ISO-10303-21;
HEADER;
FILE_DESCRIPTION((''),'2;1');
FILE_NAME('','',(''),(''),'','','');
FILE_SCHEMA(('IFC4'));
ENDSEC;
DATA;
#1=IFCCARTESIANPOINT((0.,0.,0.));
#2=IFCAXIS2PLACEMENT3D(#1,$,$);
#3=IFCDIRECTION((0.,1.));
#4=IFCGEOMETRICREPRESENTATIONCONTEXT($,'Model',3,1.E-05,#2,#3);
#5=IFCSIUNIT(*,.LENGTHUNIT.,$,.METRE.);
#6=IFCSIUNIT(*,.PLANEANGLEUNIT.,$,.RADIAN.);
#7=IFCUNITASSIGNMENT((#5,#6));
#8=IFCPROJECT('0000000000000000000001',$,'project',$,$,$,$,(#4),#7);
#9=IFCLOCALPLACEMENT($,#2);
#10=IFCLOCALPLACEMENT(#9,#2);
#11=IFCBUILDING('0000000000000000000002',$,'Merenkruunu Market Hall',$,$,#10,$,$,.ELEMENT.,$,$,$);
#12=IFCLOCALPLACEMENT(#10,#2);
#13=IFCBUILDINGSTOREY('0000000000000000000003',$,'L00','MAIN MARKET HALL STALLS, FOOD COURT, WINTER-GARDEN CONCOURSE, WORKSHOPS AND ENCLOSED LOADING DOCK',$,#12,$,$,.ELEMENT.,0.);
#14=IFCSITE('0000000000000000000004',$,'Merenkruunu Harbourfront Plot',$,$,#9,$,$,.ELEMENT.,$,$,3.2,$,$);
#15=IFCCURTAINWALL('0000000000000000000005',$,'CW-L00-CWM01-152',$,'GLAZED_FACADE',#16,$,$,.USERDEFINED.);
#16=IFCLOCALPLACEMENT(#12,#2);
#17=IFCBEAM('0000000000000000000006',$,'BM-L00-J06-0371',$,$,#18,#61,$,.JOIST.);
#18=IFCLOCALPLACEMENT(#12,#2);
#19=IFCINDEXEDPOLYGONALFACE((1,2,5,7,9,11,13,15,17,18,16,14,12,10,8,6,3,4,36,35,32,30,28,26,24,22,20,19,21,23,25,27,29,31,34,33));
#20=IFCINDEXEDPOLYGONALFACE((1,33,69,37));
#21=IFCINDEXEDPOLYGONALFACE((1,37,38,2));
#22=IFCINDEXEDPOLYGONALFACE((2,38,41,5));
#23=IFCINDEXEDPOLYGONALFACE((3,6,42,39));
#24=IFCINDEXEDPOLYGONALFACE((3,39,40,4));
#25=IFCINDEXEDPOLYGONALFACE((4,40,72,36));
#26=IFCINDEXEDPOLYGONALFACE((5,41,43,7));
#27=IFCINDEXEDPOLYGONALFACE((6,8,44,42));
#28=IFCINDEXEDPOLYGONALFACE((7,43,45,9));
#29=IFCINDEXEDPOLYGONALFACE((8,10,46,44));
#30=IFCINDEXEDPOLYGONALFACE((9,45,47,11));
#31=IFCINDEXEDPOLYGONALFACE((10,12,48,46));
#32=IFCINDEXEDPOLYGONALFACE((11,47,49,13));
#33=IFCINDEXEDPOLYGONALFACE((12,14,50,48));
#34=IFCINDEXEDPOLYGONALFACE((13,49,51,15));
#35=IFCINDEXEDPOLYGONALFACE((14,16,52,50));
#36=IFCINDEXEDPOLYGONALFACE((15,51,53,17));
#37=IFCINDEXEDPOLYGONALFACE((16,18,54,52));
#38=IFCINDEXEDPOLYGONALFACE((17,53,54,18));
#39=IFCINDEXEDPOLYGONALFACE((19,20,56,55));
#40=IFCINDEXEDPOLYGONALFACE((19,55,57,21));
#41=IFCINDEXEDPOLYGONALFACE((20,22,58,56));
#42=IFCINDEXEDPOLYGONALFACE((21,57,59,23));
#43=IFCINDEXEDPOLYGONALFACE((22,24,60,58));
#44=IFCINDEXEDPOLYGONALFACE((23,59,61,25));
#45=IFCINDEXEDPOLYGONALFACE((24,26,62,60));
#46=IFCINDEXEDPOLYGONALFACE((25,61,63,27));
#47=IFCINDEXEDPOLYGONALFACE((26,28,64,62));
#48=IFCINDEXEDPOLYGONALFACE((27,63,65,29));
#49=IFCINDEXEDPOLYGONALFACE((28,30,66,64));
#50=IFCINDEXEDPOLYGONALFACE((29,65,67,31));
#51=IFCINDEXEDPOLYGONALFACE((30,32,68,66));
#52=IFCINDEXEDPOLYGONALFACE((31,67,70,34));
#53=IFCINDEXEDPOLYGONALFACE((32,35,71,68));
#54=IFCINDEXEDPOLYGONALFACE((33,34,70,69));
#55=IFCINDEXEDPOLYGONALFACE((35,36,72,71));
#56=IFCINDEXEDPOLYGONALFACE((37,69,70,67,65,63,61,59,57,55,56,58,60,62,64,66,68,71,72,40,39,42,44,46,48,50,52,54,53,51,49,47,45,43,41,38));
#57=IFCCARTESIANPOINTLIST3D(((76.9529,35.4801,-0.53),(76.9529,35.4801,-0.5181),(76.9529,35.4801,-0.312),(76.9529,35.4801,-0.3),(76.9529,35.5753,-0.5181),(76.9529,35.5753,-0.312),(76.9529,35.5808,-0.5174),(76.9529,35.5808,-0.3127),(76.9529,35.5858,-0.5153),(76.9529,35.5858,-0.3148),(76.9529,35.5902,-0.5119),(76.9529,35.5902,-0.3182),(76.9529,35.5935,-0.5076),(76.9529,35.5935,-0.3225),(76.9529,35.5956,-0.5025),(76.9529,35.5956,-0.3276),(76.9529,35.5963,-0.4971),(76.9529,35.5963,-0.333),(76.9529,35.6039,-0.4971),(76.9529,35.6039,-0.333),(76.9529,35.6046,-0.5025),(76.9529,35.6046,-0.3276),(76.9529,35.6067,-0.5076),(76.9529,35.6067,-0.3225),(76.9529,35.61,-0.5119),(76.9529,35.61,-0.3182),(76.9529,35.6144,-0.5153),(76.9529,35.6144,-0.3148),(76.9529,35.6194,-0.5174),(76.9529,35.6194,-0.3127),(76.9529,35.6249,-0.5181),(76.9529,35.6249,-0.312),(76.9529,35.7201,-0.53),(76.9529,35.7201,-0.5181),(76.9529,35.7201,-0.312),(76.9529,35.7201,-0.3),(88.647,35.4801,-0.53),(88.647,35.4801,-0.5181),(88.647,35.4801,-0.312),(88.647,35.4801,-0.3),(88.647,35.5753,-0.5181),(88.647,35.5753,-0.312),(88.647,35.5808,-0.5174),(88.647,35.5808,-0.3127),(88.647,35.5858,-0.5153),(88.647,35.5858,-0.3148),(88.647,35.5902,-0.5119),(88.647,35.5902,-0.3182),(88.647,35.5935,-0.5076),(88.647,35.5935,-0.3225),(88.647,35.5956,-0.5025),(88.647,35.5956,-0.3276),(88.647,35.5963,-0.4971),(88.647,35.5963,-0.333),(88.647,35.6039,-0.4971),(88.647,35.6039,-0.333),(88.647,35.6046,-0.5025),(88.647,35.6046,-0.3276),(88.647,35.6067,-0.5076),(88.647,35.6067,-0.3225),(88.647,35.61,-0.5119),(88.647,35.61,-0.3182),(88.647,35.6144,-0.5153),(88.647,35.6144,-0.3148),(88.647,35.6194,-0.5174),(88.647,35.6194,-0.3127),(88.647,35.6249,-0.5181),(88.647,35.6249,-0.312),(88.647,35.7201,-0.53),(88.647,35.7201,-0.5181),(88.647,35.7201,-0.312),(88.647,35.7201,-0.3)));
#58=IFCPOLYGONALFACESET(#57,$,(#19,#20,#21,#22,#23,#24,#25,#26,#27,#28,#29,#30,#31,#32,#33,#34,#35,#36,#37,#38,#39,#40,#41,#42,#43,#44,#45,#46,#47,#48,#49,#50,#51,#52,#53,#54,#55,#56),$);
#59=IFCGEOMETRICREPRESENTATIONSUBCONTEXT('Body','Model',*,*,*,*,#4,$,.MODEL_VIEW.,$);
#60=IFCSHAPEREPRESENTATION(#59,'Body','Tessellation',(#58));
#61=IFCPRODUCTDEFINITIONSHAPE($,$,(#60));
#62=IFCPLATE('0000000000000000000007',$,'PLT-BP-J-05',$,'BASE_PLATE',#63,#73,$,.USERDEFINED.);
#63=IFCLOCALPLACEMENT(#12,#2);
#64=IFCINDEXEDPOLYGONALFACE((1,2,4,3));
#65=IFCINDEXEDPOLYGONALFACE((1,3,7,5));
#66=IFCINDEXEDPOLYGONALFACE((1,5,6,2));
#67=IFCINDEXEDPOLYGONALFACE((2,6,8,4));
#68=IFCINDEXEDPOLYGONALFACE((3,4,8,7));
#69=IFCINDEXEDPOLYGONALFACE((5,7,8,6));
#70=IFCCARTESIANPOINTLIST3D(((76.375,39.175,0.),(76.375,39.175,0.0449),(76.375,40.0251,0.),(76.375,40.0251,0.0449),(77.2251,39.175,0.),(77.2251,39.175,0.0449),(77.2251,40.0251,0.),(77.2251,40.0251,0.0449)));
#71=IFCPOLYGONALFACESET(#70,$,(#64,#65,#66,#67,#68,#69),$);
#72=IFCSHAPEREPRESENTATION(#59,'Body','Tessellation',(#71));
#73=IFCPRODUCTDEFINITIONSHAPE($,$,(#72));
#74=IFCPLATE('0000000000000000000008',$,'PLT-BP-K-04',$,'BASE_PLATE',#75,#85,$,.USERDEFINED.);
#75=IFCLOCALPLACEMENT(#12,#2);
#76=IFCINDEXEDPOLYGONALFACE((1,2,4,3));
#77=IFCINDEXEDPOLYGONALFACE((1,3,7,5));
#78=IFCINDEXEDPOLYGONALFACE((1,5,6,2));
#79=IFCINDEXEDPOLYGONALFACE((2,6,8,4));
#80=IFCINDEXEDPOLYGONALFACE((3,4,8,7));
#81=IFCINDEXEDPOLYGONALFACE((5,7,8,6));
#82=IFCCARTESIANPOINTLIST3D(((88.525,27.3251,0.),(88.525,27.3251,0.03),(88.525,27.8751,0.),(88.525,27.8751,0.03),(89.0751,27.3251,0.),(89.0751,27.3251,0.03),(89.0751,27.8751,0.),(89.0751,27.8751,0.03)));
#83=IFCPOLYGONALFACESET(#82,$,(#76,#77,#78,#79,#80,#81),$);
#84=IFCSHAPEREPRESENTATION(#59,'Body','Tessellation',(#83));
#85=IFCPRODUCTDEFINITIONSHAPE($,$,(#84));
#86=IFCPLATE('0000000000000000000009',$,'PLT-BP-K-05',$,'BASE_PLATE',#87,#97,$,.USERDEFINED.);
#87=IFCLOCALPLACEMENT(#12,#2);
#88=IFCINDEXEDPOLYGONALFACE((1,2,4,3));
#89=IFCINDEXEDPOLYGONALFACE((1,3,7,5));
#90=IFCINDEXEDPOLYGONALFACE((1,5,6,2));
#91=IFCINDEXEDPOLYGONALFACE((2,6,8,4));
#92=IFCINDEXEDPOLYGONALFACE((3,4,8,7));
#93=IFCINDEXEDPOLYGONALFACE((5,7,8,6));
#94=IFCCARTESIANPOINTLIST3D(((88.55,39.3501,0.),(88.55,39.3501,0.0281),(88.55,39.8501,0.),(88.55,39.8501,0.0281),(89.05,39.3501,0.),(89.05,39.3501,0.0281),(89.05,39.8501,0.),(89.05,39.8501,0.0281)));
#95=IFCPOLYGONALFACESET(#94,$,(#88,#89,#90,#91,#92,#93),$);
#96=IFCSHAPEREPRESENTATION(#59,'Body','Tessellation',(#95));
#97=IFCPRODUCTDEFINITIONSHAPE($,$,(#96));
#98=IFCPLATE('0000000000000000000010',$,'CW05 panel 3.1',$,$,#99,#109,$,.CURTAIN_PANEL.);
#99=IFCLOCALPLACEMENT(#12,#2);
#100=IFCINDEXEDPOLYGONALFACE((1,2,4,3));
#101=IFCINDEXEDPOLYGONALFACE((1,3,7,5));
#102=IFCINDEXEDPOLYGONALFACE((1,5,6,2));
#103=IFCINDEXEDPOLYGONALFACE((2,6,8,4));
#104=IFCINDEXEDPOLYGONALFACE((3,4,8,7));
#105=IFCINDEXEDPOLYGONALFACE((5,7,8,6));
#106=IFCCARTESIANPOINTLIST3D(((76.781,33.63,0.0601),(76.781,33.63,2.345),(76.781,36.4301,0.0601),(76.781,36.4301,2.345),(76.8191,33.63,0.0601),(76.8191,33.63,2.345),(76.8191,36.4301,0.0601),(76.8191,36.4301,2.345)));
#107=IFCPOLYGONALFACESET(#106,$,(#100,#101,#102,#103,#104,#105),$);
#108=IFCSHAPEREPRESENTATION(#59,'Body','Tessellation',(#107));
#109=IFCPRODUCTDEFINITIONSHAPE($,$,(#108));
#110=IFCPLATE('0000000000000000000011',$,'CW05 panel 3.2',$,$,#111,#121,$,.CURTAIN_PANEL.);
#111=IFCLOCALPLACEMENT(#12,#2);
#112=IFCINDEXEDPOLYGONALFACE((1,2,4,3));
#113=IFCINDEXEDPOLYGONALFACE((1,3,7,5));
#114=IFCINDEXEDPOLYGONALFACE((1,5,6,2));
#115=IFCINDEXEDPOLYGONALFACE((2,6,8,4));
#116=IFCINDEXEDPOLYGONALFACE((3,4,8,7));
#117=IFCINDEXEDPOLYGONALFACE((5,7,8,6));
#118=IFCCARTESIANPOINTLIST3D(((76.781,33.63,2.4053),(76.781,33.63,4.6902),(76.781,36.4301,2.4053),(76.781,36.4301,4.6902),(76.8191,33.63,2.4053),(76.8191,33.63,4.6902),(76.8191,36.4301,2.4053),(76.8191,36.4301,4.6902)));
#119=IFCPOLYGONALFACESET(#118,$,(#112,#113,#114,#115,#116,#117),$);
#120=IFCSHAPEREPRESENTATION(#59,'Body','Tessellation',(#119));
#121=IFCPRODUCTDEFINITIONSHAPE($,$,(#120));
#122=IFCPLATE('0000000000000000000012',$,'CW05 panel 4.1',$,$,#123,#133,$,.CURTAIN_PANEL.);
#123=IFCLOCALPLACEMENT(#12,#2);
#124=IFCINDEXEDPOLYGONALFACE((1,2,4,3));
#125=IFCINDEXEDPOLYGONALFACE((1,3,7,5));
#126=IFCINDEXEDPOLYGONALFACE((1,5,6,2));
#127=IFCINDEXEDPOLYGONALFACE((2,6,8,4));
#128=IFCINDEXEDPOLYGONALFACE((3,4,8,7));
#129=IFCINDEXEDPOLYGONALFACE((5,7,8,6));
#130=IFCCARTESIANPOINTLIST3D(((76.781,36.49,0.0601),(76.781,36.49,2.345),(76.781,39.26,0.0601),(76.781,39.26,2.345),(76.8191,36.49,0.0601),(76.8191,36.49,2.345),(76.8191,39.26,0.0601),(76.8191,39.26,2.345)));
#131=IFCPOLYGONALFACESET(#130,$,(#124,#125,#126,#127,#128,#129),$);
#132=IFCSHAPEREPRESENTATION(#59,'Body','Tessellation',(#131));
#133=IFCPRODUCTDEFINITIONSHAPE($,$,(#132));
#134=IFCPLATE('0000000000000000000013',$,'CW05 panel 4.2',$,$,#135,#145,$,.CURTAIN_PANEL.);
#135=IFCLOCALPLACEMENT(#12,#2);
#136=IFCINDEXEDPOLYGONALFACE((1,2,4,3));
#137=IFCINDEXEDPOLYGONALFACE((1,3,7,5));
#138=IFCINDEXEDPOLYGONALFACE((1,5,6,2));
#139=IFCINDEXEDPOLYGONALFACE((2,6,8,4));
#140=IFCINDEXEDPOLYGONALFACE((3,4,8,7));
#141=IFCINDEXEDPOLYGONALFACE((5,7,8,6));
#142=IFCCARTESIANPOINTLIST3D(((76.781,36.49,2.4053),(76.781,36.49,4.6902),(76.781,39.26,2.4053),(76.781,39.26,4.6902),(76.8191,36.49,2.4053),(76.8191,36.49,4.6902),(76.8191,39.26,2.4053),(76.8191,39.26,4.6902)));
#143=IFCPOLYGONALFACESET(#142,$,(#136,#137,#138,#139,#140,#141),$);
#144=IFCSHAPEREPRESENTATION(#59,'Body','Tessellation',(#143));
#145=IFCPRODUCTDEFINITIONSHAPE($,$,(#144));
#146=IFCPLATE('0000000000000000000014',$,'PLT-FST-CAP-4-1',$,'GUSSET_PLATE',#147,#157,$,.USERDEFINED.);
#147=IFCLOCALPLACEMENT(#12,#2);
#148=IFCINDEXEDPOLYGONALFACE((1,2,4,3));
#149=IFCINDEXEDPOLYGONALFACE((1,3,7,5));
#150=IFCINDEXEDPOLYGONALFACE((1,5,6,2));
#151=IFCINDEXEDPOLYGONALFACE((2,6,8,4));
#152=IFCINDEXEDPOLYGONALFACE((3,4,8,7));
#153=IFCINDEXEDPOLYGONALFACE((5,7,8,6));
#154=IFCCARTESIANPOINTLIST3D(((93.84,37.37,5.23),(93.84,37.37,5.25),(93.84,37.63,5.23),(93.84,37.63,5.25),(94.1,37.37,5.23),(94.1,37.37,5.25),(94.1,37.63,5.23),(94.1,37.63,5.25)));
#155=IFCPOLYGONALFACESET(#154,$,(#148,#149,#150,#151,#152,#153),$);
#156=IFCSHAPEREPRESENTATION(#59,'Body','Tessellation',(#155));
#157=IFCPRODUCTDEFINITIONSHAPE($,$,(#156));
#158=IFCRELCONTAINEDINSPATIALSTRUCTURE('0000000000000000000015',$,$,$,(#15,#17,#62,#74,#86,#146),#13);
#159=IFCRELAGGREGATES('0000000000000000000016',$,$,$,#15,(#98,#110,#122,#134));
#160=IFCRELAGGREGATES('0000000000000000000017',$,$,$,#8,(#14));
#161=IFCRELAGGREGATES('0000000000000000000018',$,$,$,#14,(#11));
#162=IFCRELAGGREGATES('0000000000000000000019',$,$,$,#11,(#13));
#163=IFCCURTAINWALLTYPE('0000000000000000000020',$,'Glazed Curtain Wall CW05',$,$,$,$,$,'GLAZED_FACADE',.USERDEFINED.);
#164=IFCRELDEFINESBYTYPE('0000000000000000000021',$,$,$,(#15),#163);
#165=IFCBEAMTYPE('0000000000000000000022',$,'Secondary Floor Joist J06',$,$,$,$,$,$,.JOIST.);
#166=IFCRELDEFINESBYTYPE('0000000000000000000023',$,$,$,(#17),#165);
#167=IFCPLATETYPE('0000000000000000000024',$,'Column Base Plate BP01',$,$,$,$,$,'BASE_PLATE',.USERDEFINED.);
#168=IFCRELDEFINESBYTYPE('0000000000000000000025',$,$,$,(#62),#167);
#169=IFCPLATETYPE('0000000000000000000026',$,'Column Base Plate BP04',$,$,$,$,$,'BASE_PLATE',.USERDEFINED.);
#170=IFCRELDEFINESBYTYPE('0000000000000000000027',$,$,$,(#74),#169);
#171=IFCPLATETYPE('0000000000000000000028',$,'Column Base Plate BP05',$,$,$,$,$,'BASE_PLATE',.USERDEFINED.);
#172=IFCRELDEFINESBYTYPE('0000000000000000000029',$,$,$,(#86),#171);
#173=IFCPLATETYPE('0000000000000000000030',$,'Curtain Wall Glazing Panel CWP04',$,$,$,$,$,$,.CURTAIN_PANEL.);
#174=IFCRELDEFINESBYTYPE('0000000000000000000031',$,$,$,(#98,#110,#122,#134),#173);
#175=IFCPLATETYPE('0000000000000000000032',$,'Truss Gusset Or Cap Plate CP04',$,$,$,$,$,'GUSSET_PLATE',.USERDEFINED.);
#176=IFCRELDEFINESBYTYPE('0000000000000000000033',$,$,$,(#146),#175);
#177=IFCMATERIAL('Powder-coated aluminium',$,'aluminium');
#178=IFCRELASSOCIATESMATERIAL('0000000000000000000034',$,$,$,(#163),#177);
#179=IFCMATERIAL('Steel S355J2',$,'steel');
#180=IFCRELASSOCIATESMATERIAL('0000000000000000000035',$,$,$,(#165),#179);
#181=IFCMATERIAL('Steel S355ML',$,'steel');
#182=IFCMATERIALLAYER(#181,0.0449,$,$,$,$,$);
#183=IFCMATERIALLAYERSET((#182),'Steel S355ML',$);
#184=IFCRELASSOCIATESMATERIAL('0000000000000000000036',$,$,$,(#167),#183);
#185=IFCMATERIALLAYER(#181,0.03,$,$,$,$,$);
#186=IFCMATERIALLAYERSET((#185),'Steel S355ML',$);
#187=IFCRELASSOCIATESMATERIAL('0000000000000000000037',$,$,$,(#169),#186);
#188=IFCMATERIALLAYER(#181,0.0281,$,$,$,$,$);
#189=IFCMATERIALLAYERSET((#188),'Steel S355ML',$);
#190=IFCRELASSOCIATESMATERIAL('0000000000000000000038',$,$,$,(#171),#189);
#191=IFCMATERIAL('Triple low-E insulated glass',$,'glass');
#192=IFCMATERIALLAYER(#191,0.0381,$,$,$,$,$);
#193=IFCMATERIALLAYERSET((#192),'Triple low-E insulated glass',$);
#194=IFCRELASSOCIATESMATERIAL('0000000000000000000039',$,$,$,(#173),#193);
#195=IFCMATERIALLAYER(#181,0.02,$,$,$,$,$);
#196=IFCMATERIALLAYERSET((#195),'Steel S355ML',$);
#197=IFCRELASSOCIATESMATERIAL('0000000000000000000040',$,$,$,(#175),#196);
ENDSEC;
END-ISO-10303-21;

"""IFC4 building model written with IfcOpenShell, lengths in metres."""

from ifc_helpers import new_model, si_unit, direction, frame, origin, origin_2d, place, context, subcontext, project, spatial, rectangle, i_section, extrude, material, layer, layer_set, material_profile, profile_set, type_object, element, aggregate, save


model = new_model("IFC4")

# Units and contexts
model_context = context("Model", 3, precision=1e-05, world=origin(), true_north=direction((0.0, 1.0)))
body_context = subcontext(model_context, "Body", "Model", "MODEL_VIEW")
ifc_project = project(units=[si_unit("LENGTHUNIT", "METRE"), si_unit("PLANEANGLEUNIT", "RADIAN")], contexts=[model_context])

# Site, building, storey
site_placement = place(None, origin())
site = spatial("IfcSite", under=ifc_project, at=site_placement, Name="Merenkruunu Harbourfront Plot", CompositionType="ELEMENT", RefElevation=3.2)
building_placement = place(site_placement, origin())
building = spatial("IfcBuilding", under=site, at=building_placement, Name="Merenkruunu Market Hall", CompositionType="ELEMENT")
storey_placement = place(building_placement, origin())
storey = spatial("IfcBuildingStorey", under=building, at=storey_placement, Name="L00", Description="MAIN MARKET HALL STALLS, FOOD COURT, WINTER-GARDEN CONCOURSE, WORKSHOPS AND ENCLOSED LOADING DOCK", CompositionType="ELEMENT", Elevation=0.0)

# Shared definitions
ifc_material_1 = material(Name="Steel S355J2", Category="steel")
ifc_material_2 = material(Name="Steel S355ML", Category="steel")

# Curtain wall
ifc_material_3 = material(Name="Powder-coated aluminium", Category="aluminium")
curtain_wall_type = type_object("IfcCurtainWallType", Name="Glazed Curtain Wall CW05", ElementType="GLAZED_FACADE", PredefinedType="USERDEFINED", material=ifc_material_3)
curtain_wall_placement = place(storey_placement, origin())
curtain_wall = element("IfcCurtainWall", 1, at=curtain_wall_placement, inside=storey, type_object=curtain_wall_type, Name="CW-L00-CWM01-152", ObjectType="GLAZED_FACADE", PredefinedType="USERDEFINED")

# Beam
ifc_material_profile_1 = material_profile(ifc_material_1, i_section(OverallWidth=0.24, OverallDepth=0.23, WebThickness=0.0076, FlangeThickness=0.012, FilletRadius=0.021, at=origin_2d()), Name="HEA 240")
ifc_profile_set_1 = profile_set([ifc_material_profile_1], Name="Steel S355J2")
beam_type_1 = type_object("IfcBeamType", Name="Secondary Floor Joist J06", PredefinedType="JOIST", material=ifc_profile_set_1)
for number, where, z_axis, x_axis, name in (
    (2, (76.9529, 35.6001, -0.415), (1.0, 0.0, 0.0), (0.0, 1.0, 0.0), "BM-L00-J06-0371"),
):
    element("IfcBeam", number, at=place(storey_placement, frame(where, z_axis=z_axis, x_axis=x_axis)), inside=storey, type_object=beam_type_1, Name=name, PredefinedType="JOIST", context=body_context, shape_type="SweptSolid", body=[
        extrude(i_section(OverallWidth=0.24, OverallDepth=0.23, WebThickness=0.0076, FlangeThickness=0.012, FilletRadius=0.021, at=origin_2d()), origin(), (0.0, 0.0, 1.0), 11.6941),
    ])

# Plates
ifc_layer_1 = layer(ifc_material_2, 0.0449)
ifc_layer_set_1 = layer_set([ifc_layer_1], Name="Steel S355ML")
plate_type_1 = type_object("IfcPlateType", Name="Column Base Plate BP01", ElementType="BASE_PLATE", PredefinedType="USERDEFINED", material=ifc_layer_set_1)
plate_1_placement = place(storey_placement, frame((76.8, 39.6001, 0.0), z_axis=(0.0, 0.0, 1.0), x_axis=(1.0, 0.0, 0.0)))
element("IfcPlate", 3, at=plate_1_placement, inside=storey, type_object=plate_type_1, Name="PLT-BP-J-05", ObjectType="BASE_PLATE", PredefinedType="USERDEFINED", context=body_context, shape_type="SweptSolid", body=[
    extrude(rectangle(XDim=0.8501, YDim=0.8501, at=origin_2d()), origin(), (0.0, 0.0, 1.0), 0.0449),
])
ifc_layer_2 = layer(ifc_material_2, 0.03)
ifc_layer_set_2 = layer_set([ifc_layer_2], Name="Steel S355ML")
plate_type_2 = type_object("IfcPlateType", Name="Column Base Plate BP04", ElementType="BASE_PLATE", PredefinedType="USERDEFINED", material=ifc_layer_set_2)
plate_2_placement = place(storey_placement, frame((88.8, 27.6001, 0.0), z_axis=(0.0, 0.0, 1.0), x_axis=(1.0, 0.0, 0.0)))
element("IfcPlate", 4, at=plate_2_placement, inside=storey, type_object=plate_type_2, Name="PLT-BP-K-04", ObjectType="BASE_PLATE", PredefinedType="USERDEFINED", context=body_context, shape_type="SweptSolid", body=[
    extrude(rectangle(XDim=0.55, YDim=0.55, at=origin_2d()), origin(), (0.0, 0.0, 1.0), 0.03),
])
ifc_layer_3 = layer(ifc_material_2, 0.0281)
ifc_layer_set_3 = layer_set([ifc_layer_3], Name="Steel S355ML")
plate_type_3 = type_object("IfcPlateType", Name="Column Base Plate BP05", ElementType="BASE_PLATE", PredefinedType="USERDEFINED", material=ifc_layer_set_3)
plate_3_placement = place(storey_placement, frame((88.8, 39.6001, 0.0), z_axis=(0.0, 0.0, 1.0), x_axis=(1.0, 0.0, 0.0)))
element("IfcPlate", 5, at=plate_3_placement, inside=storey, type_object=plate_type_3, Name="PLT-BP-K-05", ObjectType="BASE_PLATE", PredefinedType="USERDEFINED", context=body_context, shape_type="SweptSolid", body=[
    extrude(rectangle(XDim=0.5, YDim=0.5, at=origin_2d()), origin(), (0.0, 0.0, 1.0), 0.0281),
])

# Plates
ifc_material_4 = material(Name="Triple low-E insulated glass", Category="glass")
ifc_layer_4 = layer(ifc_material_4, 0.0381)
ifc_layer_set_4 = layer_set([ifc_layer_4], Name="Triple low-E insulated glass")
plate_type_4 = type_object("IfcPlateType", Name="Curtain Wall Glazing Panel CWP04", PredefinedType="CURTAIN_PANEL", material=ifc_layer_set_4)
plate_4_placement = place(storey_placement, frame((76.8, 35.03, 0.0601), z_axis=(0.0, 0.0, 1.0), x_axis=(0.0, 1.0, 0.0)))
plate_4 = element("IfcPlate", 6, at=plate_4_placement, type_object=plate_type_4, Name="CW05 panel 3.1", PredefinedType="CURTAIN_PANEL", context=body_context, shape_type="SweptSolid", body=[
    extrude(rectangle(XDim=2.8, YDim=0.0381, at=origin_2d()), origin(), (0.0, 0.0, 1.0), 2.2849),
])
plate_5_placement = place(storey_placement, frame((76.8, 35.03, 2.4053), z_axis=(0.0, 0.0, 1.0), x_axis=(0.0, 1.0, 0.0)))
plate_5 = element("IfcPlate", 7, at=plate_5_placement, type_object=plate_type_4, Name="CW05 panel 3.2", PredefinedType="CURTAIN_PANEL", context=body_context, shape_type="SweptSolid", body=[
    extrude(rectangle(XDim=2.8, YDim=0.0381, at=origin_2d()), origin(), (0.0, 0.0, 1.0), 2.2849),
])
plate_6_placement = place(storey_placement, frame((76.8, 37.875, 0.0601), z_axis=(0.0, 0.0, 1.0), x_axis=(0.0, 1.0, 0.0)))
plate_6 = element("IfcPlate", 8, at=plate_6_placement, type_object=plate_type_4, Name="CW05 panel 4.1", PredefinedType="CURTAIN_PANEL", context=body_context, shape_type="SweptSolid", body=[
    extrude(rectangle(XDim=2.77, YDim=0.0381, at=origin_2d()), origin(), (0.0, 0.0, 1.0), 2.2849),
])
plate_7_placement = place(storey_placement, frame((76.8, 37.875, 2.4053), z_axis=(0.0, 0.0, 1.0), x_axis=(0.0, 1.0, 0.0)))
plate_7 = element("IfcPlate", 9, at=plate_7_placement, type_object=plate_type_4, Name="CW05 panel 4.2", PredefinedType="CURTAIN_PANEL", context=body_context, shape_type="SweptSolid", body=[
    extrude(rectangle(XDim=2.77, YDim=0.0381, at=origin_2d()), origin(), (0.0, 0.0, 1.0), 2.2849),
])
aggregate(curtain_wall, [plate_4, plate_5, plate_6, plate_7])
ifc_layer_5 = layer(ifc_material_2, 0.02)
ifc_layer_set_5 = layer_set([ifc_layer_5], Name="Steel S355ML")
plate_type_5 = type_object("IfcPlateType", Name="Truss Gusset Or Cap Plate CP04", ElementType="GUSSET_PLATE", PredefinedType="USERDEFINED", material=ifc_layer_set_5)
plate_8_placement = place(storey_placement, frame((93.97, 37.5, 5.23), z_axis=(0.0, 0.0, 1.0), x_axis=(1.0, 0.0, 0.0)))
element("IfcPlate", 10, at=plate_8_placement, inside=storey, type_object=plate_type_5, Name="PLT-FST-CAP-4-1", ObjectType="GUSSET_PLATE", PredefinedType="USERDEFINED", context=body_context, shape_type="SweptSolid", body=[
    extrude(rectangle(XDim=0.26, YDim=0.26, at=origin_2d()), origin(), (0.0, 0.0, 1.0), 0.02),
])

save(model, "model.ifc")
